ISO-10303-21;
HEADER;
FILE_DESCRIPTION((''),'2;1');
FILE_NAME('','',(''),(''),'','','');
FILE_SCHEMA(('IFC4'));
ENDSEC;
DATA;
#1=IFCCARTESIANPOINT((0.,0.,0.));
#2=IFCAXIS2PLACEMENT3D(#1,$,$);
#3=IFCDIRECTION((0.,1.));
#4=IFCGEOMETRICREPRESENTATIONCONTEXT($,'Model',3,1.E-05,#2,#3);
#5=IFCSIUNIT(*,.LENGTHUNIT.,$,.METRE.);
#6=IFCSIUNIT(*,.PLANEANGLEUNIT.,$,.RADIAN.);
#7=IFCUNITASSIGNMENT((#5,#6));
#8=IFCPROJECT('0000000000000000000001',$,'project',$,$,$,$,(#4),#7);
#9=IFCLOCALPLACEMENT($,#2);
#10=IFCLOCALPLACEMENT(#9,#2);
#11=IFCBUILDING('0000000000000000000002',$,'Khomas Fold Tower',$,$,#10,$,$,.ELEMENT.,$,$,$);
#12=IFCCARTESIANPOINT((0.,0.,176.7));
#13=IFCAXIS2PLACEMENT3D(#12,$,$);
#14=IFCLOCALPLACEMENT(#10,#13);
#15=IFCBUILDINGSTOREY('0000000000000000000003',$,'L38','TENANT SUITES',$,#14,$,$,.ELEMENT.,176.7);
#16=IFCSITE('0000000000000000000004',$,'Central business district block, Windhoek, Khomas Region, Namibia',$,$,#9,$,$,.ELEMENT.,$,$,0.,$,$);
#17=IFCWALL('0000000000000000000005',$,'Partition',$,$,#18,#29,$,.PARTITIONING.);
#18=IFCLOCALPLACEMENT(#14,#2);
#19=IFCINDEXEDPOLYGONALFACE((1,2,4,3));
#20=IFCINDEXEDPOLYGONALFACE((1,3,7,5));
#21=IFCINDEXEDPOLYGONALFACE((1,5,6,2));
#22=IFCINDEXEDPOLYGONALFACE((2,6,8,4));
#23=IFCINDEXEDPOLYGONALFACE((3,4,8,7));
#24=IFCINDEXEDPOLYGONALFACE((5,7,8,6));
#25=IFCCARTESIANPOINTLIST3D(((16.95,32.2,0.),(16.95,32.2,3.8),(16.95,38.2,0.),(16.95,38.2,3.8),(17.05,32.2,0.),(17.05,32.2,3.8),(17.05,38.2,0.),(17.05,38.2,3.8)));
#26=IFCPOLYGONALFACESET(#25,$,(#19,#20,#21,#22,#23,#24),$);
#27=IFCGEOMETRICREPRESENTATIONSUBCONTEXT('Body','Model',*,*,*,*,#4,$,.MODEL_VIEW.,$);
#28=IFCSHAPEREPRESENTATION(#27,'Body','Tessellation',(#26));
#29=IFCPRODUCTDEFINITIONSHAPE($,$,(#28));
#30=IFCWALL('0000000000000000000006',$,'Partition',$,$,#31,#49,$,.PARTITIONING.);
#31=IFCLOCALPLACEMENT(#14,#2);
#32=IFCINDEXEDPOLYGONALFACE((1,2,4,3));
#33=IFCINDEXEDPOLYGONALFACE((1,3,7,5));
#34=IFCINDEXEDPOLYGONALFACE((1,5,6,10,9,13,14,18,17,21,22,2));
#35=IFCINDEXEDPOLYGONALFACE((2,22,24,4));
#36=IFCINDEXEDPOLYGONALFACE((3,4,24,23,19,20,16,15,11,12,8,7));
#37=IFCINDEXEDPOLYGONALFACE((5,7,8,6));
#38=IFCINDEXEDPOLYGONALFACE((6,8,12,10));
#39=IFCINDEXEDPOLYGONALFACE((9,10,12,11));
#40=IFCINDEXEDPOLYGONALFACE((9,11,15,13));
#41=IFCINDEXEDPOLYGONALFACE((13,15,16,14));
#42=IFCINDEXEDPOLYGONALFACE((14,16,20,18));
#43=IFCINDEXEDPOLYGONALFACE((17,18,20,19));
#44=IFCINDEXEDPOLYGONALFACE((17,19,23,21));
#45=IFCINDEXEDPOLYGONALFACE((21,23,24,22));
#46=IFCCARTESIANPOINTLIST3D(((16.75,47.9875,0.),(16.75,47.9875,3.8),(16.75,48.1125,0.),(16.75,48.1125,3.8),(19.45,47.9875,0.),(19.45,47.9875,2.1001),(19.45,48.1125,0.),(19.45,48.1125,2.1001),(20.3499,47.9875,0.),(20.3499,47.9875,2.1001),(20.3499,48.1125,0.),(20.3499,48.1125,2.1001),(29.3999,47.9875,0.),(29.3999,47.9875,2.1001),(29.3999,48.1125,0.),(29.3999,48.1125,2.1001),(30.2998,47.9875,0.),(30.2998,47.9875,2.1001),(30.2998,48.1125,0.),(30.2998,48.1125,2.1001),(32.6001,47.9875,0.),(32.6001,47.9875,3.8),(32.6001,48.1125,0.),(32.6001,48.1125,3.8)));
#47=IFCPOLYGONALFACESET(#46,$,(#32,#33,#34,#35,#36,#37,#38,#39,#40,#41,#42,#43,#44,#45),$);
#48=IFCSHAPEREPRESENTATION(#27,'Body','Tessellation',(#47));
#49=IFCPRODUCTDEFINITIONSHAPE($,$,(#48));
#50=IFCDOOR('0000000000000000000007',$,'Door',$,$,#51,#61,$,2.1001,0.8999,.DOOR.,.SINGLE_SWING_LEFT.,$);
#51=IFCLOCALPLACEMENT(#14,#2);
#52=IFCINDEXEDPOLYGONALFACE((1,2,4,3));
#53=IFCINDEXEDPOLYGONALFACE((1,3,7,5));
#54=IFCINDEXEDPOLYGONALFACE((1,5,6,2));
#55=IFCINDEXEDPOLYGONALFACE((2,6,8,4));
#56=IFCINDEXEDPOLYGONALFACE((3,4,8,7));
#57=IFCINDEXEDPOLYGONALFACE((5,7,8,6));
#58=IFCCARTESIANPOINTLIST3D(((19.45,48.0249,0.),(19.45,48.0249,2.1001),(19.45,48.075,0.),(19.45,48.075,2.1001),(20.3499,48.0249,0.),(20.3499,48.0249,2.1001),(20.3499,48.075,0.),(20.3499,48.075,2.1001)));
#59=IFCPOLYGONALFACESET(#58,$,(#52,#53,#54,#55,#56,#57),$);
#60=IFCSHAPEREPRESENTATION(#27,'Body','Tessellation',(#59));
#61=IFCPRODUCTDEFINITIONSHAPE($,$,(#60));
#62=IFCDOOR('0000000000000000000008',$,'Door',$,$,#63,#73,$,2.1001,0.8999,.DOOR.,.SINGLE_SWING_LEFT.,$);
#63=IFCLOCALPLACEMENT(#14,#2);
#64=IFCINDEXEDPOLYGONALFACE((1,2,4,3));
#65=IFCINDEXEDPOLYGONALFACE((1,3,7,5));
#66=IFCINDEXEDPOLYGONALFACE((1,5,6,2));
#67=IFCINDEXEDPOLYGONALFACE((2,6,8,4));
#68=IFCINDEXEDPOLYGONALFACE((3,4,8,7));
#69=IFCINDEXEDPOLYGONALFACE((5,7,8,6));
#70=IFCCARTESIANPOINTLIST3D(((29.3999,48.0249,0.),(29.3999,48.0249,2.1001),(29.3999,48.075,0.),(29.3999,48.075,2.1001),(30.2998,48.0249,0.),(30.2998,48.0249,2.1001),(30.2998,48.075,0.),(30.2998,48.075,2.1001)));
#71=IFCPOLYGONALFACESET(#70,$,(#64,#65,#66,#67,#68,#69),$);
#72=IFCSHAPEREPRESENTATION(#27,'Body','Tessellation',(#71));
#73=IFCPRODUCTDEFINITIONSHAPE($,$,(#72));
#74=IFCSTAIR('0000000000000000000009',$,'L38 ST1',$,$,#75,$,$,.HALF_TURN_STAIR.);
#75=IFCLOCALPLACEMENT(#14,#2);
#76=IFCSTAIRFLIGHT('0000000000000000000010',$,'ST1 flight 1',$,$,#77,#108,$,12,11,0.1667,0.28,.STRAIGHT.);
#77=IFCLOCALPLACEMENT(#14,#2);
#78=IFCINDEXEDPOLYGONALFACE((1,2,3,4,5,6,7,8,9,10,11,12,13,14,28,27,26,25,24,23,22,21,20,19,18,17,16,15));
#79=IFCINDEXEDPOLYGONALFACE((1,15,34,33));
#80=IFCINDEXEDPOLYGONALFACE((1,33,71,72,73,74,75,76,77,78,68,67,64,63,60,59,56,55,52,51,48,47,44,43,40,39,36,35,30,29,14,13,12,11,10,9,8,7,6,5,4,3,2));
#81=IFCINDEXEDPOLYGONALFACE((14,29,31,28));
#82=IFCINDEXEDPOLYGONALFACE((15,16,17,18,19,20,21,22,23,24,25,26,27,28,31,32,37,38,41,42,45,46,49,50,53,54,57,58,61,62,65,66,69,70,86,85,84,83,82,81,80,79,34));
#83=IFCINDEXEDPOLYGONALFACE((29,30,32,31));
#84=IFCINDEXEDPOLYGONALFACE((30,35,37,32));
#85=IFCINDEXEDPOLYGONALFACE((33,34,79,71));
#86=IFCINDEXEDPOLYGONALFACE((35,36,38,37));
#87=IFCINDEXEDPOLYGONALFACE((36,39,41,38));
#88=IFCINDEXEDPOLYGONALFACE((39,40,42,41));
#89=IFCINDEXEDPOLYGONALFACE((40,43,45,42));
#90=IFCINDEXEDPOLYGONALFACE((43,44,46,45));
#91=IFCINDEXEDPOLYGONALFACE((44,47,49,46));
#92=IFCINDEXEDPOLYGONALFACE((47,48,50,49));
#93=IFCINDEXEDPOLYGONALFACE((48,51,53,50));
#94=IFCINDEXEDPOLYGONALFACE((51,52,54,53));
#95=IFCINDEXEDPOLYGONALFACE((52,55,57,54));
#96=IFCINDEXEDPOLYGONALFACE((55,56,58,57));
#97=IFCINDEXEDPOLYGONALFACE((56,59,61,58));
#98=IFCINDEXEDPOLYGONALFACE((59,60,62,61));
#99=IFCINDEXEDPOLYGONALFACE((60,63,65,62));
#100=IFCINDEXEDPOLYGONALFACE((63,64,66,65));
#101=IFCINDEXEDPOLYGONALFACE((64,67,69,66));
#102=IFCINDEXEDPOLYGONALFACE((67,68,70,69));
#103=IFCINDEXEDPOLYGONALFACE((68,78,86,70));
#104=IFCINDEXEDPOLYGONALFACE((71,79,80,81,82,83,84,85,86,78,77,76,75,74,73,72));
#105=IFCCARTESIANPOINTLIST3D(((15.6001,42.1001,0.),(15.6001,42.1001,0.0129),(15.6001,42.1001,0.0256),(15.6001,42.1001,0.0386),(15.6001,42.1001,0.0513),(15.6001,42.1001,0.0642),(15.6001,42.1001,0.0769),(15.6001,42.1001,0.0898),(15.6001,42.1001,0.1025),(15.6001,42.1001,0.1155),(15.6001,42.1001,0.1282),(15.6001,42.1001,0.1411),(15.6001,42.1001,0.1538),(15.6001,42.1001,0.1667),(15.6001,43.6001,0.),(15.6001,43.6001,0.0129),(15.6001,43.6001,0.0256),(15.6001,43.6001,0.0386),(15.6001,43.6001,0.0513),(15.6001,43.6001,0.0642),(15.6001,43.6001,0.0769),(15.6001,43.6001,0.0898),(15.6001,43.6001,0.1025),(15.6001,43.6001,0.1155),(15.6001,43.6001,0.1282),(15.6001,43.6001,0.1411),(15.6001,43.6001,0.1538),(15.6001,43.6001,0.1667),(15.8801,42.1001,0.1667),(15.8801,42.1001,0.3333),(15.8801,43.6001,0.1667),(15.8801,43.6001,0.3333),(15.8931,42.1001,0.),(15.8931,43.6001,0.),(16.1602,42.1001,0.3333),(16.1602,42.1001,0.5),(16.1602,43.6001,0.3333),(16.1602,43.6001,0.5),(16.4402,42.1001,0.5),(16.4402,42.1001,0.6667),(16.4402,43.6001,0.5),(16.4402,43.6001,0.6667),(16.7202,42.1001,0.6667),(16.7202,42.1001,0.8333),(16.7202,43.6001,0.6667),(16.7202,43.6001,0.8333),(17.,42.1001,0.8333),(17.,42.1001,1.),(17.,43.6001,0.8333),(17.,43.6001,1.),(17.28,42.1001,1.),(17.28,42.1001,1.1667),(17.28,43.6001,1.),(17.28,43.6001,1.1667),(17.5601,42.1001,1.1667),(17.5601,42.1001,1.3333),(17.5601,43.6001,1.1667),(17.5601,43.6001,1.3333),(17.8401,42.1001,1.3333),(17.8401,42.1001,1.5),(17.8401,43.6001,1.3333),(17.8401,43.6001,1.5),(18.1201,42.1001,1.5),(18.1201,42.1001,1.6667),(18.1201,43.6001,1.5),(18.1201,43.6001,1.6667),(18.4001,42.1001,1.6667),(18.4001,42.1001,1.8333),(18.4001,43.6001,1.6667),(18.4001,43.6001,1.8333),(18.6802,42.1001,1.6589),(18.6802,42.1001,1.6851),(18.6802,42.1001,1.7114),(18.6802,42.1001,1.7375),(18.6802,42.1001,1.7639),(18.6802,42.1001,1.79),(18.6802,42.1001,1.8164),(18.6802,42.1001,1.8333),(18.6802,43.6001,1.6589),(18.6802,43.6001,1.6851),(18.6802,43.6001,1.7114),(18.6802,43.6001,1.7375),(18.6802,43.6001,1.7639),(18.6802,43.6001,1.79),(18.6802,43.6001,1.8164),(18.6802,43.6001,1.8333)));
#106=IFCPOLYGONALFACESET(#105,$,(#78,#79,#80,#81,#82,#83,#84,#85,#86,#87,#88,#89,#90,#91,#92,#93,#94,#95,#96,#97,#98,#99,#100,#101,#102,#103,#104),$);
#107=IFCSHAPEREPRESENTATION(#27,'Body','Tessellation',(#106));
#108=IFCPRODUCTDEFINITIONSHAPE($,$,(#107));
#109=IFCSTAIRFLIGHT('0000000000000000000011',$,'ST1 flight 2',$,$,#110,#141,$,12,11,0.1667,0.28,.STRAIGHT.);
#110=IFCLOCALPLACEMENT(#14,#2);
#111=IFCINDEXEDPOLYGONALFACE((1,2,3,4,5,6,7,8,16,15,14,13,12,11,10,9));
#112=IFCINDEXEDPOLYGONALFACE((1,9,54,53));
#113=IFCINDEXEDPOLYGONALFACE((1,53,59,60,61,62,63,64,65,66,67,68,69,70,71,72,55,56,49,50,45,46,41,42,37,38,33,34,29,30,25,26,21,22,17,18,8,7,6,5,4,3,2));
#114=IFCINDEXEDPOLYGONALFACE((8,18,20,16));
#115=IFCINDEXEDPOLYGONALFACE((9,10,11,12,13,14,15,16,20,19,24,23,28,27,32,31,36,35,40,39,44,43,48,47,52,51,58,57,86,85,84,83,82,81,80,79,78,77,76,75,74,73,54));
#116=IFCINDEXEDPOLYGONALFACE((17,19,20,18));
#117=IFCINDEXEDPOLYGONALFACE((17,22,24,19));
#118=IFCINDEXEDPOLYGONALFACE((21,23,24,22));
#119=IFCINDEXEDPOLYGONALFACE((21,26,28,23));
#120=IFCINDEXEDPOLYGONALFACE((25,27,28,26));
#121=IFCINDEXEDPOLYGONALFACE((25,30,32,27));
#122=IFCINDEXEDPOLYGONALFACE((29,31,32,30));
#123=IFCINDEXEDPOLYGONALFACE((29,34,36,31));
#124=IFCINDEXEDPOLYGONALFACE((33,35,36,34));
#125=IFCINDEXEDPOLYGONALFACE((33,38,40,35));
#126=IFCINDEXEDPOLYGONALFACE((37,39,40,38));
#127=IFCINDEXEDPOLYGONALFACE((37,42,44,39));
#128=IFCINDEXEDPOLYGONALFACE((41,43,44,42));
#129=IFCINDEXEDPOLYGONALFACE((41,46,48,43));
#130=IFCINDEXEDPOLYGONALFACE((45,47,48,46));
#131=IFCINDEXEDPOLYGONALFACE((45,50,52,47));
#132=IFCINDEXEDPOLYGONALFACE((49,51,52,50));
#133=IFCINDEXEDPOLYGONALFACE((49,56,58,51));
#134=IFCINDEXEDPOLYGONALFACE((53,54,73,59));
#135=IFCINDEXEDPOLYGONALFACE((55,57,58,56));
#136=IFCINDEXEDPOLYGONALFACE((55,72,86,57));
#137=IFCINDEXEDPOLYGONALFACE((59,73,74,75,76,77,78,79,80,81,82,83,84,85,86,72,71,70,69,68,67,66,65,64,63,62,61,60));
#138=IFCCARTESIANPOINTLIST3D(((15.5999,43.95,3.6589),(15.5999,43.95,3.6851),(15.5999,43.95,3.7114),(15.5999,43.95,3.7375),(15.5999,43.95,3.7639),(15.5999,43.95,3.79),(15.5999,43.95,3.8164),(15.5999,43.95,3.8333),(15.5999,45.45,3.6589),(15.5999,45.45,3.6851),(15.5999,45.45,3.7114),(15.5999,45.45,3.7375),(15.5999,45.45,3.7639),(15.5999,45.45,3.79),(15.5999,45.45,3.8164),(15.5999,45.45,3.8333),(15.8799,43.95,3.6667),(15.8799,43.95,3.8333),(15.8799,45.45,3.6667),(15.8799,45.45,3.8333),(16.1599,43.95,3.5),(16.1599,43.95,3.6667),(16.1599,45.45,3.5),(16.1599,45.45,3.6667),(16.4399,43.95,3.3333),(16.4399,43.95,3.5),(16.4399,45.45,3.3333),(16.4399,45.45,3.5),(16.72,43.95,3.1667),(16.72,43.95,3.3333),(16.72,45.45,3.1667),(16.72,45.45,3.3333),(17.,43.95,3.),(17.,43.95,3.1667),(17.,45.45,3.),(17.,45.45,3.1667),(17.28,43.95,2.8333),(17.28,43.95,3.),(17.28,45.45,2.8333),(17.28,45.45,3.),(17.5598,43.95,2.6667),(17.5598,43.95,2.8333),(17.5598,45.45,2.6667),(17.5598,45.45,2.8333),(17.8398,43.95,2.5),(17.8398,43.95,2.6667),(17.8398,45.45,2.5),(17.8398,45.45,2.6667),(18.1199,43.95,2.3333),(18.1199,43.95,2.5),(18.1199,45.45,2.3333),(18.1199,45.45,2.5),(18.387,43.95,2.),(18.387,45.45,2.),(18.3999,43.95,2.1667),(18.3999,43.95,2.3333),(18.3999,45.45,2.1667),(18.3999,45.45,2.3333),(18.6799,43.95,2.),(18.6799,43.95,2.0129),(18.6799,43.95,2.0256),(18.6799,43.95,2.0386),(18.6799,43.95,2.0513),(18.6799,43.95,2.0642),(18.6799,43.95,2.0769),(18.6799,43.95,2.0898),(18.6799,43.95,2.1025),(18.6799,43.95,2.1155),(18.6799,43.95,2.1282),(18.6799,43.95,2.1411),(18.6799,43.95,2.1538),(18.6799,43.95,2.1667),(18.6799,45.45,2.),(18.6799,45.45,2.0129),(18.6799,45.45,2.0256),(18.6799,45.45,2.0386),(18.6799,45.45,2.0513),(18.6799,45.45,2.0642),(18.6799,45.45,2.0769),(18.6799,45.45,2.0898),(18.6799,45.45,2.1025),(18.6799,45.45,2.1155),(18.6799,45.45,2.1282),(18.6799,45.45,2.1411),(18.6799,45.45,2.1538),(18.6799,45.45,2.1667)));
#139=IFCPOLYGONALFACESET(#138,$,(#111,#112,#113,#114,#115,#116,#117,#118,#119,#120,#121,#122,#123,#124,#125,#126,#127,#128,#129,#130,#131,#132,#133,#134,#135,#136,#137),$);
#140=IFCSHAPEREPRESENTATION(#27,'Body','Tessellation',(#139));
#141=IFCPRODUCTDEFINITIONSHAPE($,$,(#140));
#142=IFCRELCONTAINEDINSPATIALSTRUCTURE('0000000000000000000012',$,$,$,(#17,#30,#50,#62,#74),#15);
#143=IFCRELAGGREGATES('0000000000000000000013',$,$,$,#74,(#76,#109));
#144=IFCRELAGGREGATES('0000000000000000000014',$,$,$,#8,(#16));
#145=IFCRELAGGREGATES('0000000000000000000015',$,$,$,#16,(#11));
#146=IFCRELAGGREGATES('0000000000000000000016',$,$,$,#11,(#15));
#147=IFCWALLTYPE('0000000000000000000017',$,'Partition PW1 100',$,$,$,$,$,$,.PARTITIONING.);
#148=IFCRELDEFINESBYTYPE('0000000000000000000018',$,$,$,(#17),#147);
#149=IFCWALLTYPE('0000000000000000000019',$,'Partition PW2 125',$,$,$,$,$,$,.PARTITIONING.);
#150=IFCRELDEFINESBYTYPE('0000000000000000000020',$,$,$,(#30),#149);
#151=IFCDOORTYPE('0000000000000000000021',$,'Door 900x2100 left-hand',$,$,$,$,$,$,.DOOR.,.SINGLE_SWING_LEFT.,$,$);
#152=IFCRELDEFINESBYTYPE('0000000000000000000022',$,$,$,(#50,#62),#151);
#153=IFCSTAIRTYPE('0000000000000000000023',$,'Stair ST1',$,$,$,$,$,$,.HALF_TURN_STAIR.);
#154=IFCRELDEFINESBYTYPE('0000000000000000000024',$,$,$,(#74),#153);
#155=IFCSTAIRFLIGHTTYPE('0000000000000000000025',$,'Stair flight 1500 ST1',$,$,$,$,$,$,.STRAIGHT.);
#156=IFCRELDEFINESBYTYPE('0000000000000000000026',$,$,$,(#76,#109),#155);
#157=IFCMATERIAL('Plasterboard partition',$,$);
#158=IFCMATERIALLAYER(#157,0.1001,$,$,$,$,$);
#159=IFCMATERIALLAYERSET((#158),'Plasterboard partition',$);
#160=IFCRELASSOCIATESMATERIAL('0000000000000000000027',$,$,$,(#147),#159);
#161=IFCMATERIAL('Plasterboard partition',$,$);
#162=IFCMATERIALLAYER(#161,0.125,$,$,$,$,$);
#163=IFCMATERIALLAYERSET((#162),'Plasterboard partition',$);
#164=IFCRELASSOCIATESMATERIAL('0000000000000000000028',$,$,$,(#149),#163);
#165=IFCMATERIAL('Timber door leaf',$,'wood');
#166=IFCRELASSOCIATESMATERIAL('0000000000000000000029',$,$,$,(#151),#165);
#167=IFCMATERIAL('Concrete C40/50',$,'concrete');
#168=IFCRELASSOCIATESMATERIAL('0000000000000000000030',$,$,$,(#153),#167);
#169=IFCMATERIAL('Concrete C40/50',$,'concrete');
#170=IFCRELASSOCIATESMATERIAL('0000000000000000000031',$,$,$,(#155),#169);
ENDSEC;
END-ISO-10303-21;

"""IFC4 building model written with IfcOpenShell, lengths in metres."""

from ifc_helpers import new_model, si_unit, direction, frame, frame_2d, origin, place, context, subcontext, project, spatial, polyline, rectangle, outline, extrude, source, transform, mapped, material, layer, layer_set, type_object, element, fill, aggregate, save


model = new_model("IFC4")

# Units and contexts
model_context = context("Model", 3, precision=1e-05, world=origin(), true_north=direction((0.0, 1.0)))
body_context = subcontext(model_context, "Body", "Model", "MODEL_VIEW")
ifc_project = project(units=[si_unit("LENGTHUNIT", "METRE"), si_unit("PLANEANGLEUNIT", "RADIAN")], contexts=[model_context])

# Site, building, storey
site_placement = place(None, origin())
site = spatial("IfcSite", under=ifc_project, at=site_placement, Name="Central business district block, Windhoek, Khomas Region, Namibia", CompositionType="ELEMENT", RefElevation=0.0)
building_placement = place(site_placement, origin())
building = spatial("IfcBuilding", under=site, at=building_placement, Name="Khomas Fold Tower", CompositionType="ELEMENT")
storey_placement = place(building_placement, frame((0.0, 0.0, 176.7)))
storey = spatial("IfcBuildingStorey", under=building, at=storey_placement, Name="L38", Description="TENANT SUITES", CompositionType="ELEMENT", Elevation=176.7)

# Wall
ifc_material_1 = material(Name="Plasterboard partition")
ifc_layer_1 = layer(ifc_material_1, 0.1001)
ifc_layer_set_1 = layer_set([ifc_layer_1], Name="Plasterboard partition")
wall_type_1 = type_object("IfcWallType", Name="Partition PW1 100", PredefinedType="PARTITIONING", material=ifc_layer_set_1)
shared_shape_1 = source(origin(), body_context, "Body", "SweptSolid", [
    extrude(rectangle(XDim=6.0, YDim=0.1001, at=frame_2d((3.0, 0.0))), origin(), (0.0, 0.0, 1.0), 3.8),
])
for number, where, z_axis, x_axis, name in (
    (1, (17.0, 32.2, 0.0), (0.0, 0.0, 1.0), (0.0, 1.0, 0.0), "Partition"),
):
    element("IfcWall", number, at=place(storey_placement, frame(where, z_axis=z_axis, x_axis=x_axis)), inside=storey, type_object=wall_type_1, Name=name, PredefinedType="PARTITIONING", context=body_context, shape_type="MappedRepresentation", body=[
        mapped(shared_shape_1, transform((0.0, 0.0, 0.0))),
    ])

# Wall, openings, doors
ifc_material_2 = material(Name="Plasterboard partition")
ifc_layer_2 = layer(ifc_material_2, 0.125)
ifc_layer_set_2 = layer_set([ifc_layer_2], Name="Plasterboard partition")
wall_type_2 = type_object("IfcWallType", Name="Partition PW2 125", PredefinedType="PARTITIONING", material=ifc_layer_set_2)
shared_shape_2 = source(origin(), body_context, "Body", "SweptSolid", [
    extrude(rectangle(XDim=15.8501, YDim=0.125, at=frame_2d((7.925, 0.0))), origin(), (0.0, 0.0, 1.0), 3.8),
])
wall_1_placement = place(storey_placement, frame((16.75, 48.05, 0.0), z_axis=(0.0, 0.0, 1.0), x_axis=(1.0, 0.0, 0.0)))
wall_1 = element("IfcWall", 2, at=wall_1_placement, inside=storey, type_object=wall_type_2, Name="Partition", PredefinedType="PARTITIONING", context=body_context, shape_type="MappedRepresentation", body=[
    mapped(shared_shape_2, transform((0.0, 0.0, 0.0))),
])
shared_shape_3 = source(origin(), body_context, "Body", "SweptSolid", [
    extrude(rectangle(XDim=0.8999, YDim=2.1001, at=frame_2d((0.45, 1.05))), frame((0.0, 0.0725, 0.0), z_axis=(0.0, -1.0, 0.0), x_axis=(1.0, 0.0, 0.0)), (0.0, 0.0, 1.0), 0.145),
])
opening_1_placement = place(wall_1_placement, frame((2.7, 0.0, 0.0)))
opening_1 = element("IfcOpeningElement", 3, at=opening_1_placement, cuts=wall_1, PredefinedType="OPENING", context=body_context, shape_type="MappedRepresentation", body=[
    mapped(shared_shape_3, transform((0.0, 0.0, 0.0))),
])
opening_2_placement = place(wall_1_placement, frame((12.6499, 0.0, 0.0)))
opening_2 = element("IfcOpeningElement", 4, at=opening_2_placement, cuts=wall_1, PredefinedType="OPENING", context=body_context, shape_type="MappedRepresentation", body=[
    mapped(shared_shape_3, transform((0.0, 0.0, 0.0))),
])
ifc_material_3 = material(Name="Timber door leaf", Category="wood")
door_type_1 = type_object("IfcDoorType", Name="Door 900x2100 left-hand", OperationType="SINGLE_SWING_LEFT", PredefinedType="DOOR", material=ifc_material_3)
shared_shape_4 = source(origin(), body_context, "Body", "SweptSolid", [
    extrude(rectangle(XDim=0.8999, YDim=2.1001, at=frame_2d((0.45, 1.05))), frame((0.0, 0.0249, 0.0), z_axis=(0.0, -1.0, 0.0), x_axis=(1.0, 0.0, 0.0)), (0.0, 0.0, 1.0), 0.05),
])
door_1_placement = place(opening_1_placement, origin())
door_1 = element("IfcDoor", 5, at=door_1_placement, inside=storey, type_object=door_type_1, Name="Door", OperationType="SINGLE_SWING_LEFT", OverallHeight=2.1001, OverallWidth=0.8999, PredefinedType="DOOR", context=body_context, shape_type="MappedRepresentation", body=[
    mapped(shared_shape_4, transform((0.0, 0.0, 0.0))),
])
fill(opening_1, door_1)
door_2_placement = place(opening_2_placement, origin())
door_2 = element("IfcDoor", 6, at=door_2_placement, inside=storey, type_object=door_type_1, Name="Door", OperationType="SINGLE_SWING_LEFT", OverallHeight=2.1001, OverallWidth=0.8999, PredefinedType="DOOR", context=body_context, shape_type="MappedRepresentation", body=[
    mapped(shared_shape_4, transform((0.0, 0.0, 0.0))),
])
fill(opening_2, door_2)

# Stair, stair flights
ifc_material_4 = material(Name="Concrete C40/50", Category="concrete")
stair_type = type_object("IfcStairType", Name="Stair ST1", PredefinedType="HALF_TURN_STAIR", material=ifc_material_4)
stair_placement = place(storey_placement, origin())
stair = element("IfcStair", 7, at=stair_placement, inside=storey, type_object=stair_type, Name="L38 ST1", PredefinedType="HALF_TURN_STAIR")
ifc_material_5 = material(Name="Concrete C40/50", Category="concrete")
stair_flight_type = type_object("IfcStairFlightType", Name="Stair flight 1500 ST1", PredefinedType="STRAIGHT", material=ifc_material_5)
shared_shape_5 = source(origin(), body_context, "Body", "SweptSolid", [
    extrude(outline(polyline([(0.0, 0.0), (0.0, 0.0129), (0.0, 0.0256), (0.0, 0.0386), (0.0, 0.0513), (0.0, 0.0642), (0.0, 0.0769), (0.0, 0.0898), (0.0, 0.1025), (0.0, 0.1155), (0.0, 0.1282), (0.0, 0.1411), (0.0, 0.1538), (0.0, 0.1667), (0.28, 0.1667), (0.28, 0.3333), (0.5601, 0.3333), (0.5601, 0.5), (0.8401, 0.5), (0.8401, 0.6667), (1.1201, 0.6667), (1.1201, 0.8333), (1.3999, 0.8333), (1.3999, 1.0), (1.6799, 1.0), (1.6799, 1.1667), (1.96, 1.1667), (1.96, 1.3333), (2.24, 1.3333), (2.24, 1.5), (2.52, 1.5), (2.52, 1.6667), (2.8, 1.6667), (2.8, 1.8333), (3.0801, 1.8333), (3.0801, 2.0), (3.0801, 1.9739), (3.0801, 1.9475), (3.0801, 1.9214), (3.0801, 1.895), (3.0801, 1.8689), (3.0801, 1.8425), (3.0801, 1.8164), (3.0801, 1.79), (3.0801, 1.7639), (3.0801, 1.7375), (3.0801, 1.7114), (3.0801, 1.6851), (3.0801, 1.6589), (0.293, 0.0), (0.0, 0.0)])), frame((0.0, 0.75, 0.0), z_axis=(0.0, -1.0, 0.0), x_axis=(1.0, 0.0, 0.0)), (0.0, 0.0, 1.0), 1.5),
])
stair_flight_1_placement = place(storey_placement, frame((15.6001, 42.8501, 0.0), z_axis=(0.0, 0.0, 1.0), x_axis=(1.0, 0.0, 0.0)))
stair_flight_1 = element("IfcStairFlight", 8, at=stair_flight_1_placement, type_object=stair_flight_type, Name="ST1 flight 1", NumberOfRisers=12, NumberOfTreads=11, PredefinedType="STRAIGHT", RiserHeight=0.1667, TreadLength=0.28, context=body_context, shape_type="MappedRepresentation", body=[
    mapped(shared_shape_5, transform((0.0, 0.0, 0.0))),
])
stair_flight_2_placement = place(storey_placement, frame((18.6799, 44.7, 2.0), z_axis=(0.0, 0.0, 1.0), x_axis=(-1.0, 0.0, 0.0)))
stair_flight_2 = element("IfcStairFlight", 9, at=stair_flight_2_placement, type_object=stair_flight_type, Name="ST1 flight 2", NumberOfRisers=12, NumberOfTreads=11, PredefinedType="STRAIGHT", RiserHeight=0.1667, TreadLength=0.28, context=body_context, shape_type="MappedRepresentation", body=[
    mapped(shared_shape_5, transform((0.0, 0.0, 0.0))),
])
aggregate(stair, [stair_flight_1, stair_flight_2])

save(model, "model.ifc")
